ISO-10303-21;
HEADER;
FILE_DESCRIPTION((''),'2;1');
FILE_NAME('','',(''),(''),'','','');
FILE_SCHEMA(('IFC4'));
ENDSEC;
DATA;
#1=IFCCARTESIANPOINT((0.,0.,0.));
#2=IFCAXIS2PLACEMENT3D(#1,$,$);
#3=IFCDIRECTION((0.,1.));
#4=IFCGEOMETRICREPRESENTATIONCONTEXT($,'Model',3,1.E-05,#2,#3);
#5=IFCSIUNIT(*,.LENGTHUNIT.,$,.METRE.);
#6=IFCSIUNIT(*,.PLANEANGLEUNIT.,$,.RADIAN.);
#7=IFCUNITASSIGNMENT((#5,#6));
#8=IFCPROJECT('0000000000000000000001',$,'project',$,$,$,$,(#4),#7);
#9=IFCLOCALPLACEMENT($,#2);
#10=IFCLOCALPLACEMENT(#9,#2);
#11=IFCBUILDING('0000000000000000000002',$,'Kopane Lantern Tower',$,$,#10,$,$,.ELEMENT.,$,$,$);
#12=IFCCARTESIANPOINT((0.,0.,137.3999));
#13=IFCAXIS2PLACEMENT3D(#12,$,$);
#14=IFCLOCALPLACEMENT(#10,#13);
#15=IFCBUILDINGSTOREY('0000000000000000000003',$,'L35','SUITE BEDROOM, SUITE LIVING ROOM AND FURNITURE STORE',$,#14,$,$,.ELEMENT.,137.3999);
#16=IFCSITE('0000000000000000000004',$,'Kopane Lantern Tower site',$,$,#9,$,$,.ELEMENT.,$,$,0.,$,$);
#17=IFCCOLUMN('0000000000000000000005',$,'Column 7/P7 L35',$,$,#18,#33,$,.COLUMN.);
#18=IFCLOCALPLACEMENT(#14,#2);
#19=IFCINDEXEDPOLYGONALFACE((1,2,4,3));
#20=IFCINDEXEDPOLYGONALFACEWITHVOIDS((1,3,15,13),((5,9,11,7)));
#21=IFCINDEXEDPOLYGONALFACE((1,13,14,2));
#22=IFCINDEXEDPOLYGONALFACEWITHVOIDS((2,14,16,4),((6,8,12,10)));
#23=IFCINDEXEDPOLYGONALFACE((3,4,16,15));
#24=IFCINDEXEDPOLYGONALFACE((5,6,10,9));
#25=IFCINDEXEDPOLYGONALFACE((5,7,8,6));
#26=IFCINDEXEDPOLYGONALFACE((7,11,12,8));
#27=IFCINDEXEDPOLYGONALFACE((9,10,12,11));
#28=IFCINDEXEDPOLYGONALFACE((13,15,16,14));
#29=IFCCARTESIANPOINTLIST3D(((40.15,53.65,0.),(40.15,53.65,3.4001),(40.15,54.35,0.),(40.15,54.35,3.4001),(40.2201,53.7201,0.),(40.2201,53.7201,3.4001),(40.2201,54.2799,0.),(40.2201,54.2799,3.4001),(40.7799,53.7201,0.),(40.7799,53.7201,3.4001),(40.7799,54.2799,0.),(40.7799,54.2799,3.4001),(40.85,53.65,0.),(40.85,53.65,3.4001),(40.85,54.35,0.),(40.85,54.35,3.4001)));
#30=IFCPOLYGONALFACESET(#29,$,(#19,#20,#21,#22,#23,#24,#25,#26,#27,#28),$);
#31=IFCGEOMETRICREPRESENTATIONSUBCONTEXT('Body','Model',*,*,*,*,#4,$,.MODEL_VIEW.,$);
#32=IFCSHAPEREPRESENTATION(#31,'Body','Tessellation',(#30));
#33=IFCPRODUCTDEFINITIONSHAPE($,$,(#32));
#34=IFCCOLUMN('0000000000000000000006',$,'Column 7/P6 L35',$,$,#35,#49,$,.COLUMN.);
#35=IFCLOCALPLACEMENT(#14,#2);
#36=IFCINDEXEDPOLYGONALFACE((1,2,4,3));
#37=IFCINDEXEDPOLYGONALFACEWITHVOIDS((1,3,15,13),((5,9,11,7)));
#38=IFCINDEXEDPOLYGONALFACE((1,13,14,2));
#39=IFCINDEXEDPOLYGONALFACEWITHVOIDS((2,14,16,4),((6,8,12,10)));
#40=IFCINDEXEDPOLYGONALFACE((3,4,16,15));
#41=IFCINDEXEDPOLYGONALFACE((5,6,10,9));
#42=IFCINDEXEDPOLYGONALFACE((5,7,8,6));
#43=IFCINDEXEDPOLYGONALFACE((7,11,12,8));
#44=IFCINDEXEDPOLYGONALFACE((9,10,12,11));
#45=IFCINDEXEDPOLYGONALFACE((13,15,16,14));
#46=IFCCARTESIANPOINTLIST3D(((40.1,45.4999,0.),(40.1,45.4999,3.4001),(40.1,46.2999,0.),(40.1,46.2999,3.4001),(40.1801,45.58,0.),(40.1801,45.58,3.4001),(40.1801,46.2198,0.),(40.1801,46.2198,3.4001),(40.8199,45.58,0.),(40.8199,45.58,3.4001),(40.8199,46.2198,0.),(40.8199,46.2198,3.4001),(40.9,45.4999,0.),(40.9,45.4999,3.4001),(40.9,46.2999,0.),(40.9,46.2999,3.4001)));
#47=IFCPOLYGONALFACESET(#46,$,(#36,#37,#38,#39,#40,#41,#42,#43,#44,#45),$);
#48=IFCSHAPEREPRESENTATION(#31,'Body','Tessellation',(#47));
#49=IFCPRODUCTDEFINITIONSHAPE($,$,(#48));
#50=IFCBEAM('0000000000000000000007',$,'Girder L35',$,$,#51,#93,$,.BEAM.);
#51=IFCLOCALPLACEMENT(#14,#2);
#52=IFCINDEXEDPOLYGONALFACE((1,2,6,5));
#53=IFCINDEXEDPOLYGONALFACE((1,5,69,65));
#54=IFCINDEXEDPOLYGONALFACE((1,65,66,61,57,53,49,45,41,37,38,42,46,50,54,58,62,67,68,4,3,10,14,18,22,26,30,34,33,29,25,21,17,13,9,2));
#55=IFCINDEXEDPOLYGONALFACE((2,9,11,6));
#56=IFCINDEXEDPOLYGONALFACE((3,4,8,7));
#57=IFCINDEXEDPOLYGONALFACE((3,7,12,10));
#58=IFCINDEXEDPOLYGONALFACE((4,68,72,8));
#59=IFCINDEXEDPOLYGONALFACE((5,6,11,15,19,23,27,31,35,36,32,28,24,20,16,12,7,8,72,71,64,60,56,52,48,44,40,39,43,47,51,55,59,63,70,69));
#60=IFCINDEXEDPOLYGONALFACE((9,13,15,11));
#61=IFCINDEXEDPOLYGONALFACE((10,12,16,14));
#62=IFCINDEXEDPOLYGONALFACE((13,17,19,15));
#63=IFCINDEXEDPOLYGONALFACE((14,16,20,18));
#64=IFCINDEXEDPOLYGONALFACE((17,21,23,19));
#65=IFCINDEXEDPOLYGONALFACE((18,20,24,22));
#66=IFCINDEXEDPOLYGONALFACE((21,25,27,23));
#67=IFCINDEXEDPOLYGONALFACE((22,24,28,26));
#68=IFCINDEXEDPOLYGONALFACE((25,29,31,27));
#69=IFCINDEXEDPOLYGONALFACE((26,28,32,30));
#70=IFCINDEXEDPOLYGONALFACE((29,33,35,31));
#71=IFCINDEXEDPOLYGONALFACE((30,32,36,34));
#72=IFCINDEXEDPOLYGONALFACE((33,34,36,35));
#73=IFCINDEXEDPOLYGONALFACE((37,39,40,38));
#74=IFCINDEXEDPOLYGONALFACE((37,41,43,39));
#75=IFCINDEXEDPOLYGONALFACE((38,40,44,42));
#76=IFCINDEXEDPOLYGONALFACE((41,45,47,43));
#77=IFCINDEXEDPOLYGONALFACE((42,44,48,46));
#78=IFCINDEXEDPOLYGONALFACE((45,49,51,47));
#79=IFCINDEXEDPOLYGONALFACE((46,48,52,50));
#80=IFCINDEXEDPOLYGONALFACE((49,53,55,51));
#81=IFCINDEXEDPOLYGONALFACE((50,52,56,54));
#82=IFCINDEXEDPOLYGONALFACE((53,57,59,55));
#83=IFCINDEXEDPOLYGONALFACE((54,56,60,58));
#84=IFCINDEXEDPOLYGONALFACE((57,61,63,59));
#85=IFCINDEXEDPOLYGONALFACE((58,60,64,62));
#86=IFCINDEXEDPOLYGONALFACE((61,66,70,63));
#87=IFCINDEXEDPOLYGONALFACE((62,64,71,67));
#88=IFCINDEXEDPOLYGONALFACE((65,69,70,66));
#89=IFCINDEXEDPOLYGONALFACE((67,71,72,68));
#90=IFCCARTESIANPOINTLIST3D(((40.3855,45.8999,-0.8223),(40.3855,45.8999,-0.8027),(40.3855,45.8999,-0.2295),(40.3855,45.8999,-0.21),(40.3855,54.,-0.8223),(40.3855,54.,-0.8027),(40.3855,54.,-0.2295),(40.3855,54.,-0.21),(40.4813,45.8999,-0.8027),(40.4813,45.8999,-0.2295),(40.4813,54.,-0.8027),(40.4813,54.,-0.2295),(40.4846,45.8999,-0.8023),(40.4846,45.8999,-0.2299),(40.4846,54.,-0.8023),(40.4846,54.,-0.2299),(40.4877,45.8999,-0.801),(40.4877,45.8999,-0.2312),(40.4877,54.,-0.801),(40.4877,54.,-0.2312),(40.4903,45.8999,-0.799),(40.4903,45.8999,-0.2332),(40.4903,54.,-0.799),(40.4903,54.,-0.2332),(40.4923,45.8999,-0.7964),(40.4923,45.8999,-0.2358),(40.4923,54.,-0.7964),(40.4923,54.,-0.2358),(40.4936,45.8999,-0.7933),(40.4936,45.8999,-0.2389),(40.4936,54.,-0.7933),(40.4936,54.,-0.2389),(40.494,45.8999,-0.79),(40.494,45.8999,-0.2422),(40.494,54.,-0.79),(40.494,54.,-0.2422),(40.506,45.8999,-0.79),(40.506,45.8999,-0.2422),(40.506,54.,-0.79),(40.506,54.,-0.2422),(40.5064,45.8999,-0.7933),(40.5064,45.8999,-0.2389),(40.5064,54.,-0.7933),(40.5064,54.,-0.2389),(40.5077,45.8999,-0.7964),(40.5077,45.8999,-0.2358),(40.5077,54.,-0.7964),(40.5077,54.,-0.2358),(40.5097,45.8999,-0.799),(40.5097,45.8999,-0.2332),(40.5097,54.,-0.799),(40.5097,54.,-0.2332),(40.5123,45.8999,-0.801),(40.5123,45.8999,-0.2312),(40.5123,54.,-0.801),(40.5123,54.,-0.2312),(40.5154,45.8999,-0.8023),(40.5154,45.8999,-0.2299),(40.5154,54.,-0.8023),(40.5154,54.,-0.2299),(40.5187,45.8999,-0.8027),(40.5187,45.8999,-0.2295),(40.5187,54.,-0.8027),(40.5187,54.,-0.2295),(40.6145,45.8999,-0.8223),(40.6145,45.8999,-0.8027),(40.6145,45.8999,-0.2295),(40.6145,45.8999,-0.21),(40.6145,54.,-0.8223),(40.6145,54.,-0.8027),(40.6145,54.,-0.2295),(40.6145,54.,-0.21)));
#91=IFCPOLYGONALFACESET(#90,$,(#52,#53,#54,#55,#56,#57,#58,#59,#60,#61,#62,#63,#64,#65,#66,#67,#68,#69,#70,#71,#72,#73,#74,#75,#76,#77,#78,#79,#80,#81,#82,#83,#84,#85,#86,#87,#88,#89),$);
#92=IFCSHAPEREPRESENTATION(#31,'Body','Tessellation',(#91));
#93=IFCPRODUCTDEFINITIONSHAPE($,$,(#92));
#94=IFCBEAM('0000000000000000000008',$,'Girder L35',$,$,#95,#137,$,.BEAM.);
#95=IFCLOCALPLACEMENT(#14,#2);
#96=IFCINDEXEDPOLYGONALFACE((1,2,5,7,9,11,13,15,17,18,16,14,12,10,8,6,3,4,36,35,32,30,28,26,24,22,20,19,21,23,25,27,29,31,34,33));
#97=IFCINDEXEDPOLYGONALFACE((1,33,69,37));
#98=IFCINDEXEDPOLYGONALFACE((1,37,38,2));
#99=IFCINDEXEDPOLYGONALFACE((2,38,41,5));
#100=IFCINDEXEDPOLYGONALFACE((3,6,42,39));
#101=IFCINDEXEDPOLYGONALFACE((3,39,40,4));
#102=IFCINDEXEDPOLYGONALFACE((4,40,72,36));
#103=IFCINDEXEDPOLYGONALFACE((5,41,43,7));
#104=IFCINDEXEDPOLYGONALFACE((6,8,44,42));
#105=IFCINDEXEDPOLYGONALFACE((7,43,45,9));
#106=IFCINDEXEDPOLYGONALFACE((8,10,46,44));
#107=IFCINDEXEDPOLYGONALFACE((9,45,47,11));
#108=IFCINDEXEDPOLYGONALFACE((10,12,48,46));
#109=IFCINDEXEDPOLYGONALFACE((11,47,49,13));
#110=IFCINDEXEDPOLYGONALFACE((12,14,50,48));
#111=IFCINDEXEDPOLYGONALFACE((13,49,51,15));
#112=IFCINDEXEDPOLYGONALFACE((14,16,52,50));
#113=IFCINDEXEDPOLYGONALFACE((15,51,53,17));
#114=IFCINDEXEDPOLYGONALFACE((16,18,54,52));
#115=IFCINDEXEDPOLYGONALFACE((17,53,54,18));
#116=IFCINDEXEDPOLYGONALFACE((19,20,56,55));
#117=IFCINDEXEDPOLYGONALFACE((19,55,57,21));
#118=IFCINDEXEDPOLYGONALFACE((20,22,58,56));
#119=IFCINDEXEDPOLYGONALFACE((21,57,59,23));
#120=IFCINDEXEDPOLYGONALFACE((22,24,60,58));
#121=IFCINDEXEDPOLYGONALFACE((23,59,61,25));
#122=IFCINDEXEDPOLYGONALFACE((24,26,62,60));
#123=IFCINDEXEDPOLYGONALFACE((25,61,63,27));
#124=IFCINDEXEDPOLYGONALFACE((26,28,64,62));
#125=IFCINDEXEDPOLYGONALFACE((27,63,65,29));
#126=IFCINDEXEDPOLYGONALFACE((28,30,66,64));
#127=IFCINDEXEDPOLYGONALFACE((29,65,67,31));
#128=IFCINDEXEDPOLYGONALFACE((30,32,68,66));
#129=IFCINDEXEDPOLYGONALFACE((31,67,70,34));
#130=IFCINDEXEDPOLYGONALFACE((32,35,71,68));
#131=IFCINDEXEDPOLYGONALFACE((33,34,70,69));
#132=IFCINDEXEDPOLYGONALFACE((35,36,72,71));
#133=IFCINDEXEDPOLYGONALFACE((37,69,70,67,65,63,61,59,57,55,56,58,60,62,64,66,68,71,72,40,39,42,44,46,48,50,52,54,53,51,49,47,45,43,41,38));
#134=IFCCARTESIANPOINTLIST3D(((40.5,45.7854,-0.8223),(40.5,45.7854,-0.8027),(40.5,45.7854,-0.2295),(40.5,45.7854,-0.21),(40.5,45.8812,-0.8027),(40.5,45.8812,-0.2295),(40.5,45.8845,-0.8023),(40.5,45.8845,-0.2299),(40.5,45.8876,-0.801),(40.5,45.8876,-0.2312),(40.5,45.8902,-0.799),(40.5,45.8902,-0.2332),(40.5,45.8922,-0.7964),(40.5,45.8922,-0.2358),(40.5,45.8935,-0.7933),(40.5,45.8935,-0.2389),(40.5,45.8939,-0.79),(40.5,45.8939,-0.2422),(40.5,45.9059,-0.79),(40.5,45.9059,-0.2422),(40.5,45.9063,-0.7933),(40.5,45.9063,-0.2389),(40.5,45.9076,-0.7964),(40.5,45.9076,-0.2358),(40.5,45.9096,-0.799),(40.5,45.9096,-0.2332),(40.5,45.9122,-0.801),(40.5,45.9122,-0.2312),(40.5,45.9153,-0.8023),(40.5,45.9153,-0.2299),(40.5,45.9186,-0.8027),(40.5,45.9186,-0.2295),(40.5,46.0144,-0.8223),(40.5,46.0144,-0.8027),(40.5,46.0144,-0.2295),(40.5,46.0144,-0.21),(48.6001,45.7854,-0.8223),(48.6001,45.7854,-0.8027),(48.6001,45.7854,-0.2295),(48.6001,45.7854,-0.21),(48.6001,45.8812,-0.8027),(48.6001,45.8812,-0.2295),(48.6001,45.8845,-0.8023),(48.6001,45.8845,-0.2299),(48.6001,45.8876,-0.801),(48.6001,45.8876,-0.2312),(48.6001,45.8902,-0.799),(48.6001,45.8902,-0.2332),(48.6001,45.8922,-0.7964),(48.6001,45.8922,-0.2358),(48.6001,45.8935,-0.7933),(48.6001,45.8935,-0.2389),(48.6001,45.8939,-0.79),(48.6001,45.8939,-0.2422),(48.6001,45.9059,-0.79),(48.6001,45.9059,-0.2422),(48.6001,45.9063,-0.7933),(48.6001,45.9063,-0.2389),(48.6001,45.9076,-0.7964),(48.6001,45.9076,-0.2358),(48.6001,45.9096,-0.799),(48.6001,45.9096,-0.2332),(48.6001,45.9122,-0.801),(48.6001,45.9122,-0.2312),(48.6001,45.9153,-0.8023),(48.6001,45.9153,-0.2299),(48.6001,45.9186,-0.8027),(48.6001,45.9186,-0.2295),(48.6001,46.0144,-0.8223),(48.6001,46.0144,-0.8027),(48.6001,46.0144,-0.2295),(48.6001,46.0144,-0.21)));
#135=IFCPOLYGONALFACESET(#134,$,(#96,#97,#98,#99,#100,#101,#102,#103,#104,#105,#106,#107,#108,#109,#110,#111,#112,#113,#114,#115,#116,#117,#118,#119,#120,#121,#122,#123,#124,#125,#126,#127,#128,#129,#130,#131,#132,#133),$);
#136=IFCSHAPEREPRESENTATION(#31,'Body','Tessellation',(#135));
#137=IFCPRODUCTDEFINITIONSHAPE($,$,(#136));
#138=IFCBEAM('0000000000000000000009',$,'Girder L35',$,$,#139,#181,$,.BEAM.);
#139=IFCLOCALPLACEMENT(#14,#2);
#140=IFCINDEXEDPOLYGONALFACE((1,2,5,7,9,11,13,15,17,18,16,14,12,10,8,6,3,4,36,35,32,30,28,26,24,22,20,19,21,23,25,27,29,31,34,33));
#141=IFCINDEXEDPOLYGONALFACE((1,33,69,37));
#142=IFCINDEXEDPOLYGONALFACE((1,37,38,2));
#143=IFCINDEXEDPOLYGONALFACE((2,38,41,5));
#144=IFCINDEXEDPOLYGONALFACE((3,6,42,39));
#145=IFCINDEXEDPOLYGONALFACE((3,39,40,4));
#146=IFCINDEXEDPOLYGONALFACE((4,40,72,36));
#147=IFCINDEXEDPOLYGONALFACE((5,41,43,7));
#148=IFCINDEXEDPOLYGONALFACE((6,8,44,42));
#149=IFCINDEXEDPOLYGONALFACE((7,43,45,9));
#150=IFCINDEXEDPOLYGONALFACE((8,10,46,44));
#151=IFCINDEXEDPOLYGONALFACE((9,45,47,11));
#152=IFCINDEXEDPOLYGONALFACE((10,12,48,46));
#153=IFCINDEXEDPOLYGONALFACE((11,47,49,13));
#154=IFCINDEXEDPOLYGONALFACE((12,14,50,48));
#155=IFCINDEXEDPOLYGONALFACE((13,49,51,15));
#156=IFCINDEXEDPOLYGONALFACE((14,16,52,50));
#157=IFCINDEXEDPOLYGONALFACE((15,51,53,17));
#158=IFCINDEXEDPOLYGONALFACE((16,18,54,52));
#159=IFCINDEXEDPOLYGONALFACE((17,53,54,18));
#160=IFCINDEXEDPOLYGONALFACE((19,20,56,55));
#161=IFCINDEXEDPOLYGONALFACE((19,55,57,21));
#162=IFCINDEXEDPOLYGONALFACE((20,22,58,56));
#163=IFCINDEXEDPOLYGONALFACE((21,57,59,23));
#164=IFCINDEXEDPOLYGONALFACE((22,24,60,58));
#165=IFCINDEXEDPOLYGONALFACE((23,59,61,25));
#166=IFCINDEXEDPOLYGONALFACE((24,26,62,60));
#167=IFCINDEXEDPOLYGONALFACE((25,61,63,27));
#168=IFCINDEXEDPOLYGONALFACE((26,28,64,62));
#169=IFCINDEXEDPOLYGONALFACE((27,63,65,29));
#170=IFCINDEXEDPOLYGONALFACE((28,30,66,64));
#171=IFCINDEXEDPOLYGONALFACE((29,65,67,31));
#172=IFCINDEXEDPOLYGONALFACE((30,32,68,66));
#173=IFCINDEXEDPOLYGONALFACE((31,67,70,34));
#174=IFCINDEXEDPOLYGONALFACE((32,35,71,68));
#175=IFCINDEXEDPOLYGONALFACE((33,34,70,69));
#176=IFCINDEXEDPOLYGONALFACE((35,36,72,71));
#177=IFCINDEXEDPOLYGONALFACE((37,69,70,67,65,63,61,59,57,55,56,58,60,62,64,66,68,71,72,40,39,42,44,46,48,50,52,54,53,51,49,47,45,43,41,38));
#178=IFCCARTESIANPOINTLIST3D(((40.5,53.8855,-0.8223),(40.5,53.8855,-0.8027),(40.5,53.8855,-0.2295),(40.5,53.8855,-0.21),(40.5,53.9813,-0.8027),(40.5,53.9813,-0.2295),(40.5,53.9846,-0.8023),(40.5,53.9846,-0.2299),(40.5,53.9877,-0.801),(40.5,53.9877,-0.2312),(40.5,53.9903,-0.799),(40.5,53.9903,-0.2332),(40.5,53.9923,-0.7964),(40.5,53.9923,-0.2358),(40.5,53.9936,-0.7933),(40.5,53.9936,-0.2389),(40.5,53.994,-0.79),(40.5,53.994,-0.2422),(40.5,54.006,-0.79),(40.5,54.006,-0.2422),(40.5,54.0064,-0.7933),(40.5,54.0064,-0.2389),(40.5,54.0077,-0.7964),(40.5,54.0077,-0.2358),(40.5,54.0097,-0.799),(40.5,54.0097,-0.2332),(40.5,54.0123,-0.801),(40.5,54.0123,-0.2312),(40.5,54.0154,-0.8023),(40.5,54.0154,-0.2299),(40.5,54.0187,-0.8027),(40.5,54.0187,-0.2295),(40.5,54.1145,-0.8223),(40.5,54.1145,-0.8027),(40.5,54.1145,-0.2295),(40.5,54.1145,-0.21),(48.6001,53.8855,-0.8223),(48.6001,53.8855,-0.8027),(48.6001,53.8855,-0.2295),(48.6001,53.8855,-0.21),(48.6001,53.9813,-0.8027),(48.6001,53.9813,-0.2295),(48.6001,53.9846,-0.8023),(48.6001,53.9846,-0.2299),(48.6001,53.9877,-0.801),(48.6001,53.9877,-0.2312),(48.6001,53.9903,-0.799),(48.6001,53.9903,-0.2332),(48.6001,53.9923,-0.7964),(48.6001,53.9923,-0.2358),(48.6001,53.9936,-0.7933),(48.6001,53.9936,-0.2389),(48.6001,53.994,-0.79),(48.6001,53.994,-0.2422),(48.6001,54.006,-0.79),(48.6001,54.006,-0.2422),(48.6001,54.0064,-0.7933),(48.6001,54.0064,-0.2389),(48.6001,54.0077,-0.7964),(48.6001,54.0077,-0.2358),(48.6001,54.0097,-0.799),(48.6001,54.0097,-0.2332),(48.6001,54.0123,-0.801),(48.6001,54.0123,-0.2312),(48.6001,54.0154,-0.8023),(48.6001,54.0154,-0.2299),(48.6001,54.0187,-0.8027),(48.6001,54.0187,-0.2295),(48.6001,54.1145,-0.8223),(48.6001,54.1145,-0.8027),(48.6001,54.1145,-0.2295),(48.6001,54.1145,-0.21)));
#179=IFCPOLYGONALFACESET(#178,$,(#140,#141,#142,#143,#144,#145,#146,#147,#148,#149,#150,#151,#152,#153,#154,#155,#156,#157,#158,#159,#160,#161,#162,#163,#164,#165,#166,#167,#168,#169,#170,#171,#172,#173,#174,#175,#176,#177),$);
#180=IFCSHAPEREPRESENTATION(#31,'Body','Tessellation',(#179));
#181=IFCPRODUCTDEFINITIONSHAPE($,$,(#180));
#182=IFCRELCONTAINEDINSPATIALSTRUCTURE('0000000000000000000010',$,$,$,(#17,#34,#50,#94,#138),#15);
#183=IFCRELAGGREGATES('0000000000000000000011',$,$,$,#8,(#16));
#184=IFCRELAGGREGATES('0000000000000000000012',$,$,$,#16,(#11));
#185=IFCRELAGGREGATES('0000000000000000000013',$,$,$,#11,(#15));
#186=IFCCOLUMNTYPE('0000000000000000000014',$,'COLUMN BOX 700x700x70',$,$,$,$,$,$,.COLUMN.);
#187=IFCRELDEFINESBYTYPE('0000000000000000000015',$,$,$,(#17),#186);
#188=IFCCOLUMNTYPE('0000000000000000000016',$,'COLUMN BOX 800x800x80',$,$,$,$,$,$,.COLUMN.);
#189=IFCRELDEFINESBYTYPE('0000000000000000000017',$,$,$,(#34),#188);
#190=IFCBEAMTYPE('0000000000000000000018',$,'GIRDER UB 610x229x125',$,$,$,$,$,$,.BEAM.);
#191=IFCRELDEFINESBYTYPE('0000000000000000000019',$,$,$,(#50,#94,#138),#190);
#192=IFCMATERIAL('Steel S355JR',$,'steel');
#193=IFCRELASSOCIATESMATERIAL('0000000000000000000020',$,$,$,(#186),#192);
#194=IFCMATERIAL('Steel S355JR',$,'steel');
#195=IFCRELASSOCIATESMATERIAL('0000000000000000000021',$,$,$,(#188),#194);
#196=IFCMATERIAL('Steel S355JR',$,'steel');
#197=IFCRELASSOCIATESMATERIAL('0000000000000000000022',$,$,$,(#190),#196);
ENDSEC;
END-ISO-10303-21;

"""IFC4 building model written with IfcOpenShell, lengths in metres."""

from ifc_helpers import new_model, si_unit, direction, frame, origin, origin_2d, place, context, subcontext, project, spatial, hollow_rectangle, i_section, extrude, material, material_profile, profile_set, type_object, element, save


model = new_model("IFC4")

# Units and contexts
model_context = context("Model", 3, precision=1e-05, world=origin(), true_north=direction((0.0, 1.0)))
body_context = subcontext(model_context, "Body", "Model", "MODEL_VIEW")
ifc_project = project(units=[si_unit("LENGTHUNIT", "METRE"), si_unit("PLANEANGLEUNIT", "RADIAN")], contexts=[model_context])

# Site, building, storey
site_placement = place(None, origin())
site = spatial("IfcSite", under=ifc_project, at=site_placement, Name="Kopane Lantern Tower site", CompositionType="ELEMENT", RefElevation=0.0)
building_placement = place(site_placement, origin())
building = spatial("IfcBuilding", under=site, at=building_placement, Name="Kopane Lantern Tower", CompositionType="ELEMENT")
storey_placement = place(building_placement, frame((0.0, 0.0, 137.3999)))
storey = spatial("IfcBuildingStorey", under=building, at=storey_placement, Name="L35", Description="SUITE BEDROOM, SUITE LIVING ROOM AND FURNITURE STORE", CompositionType="ELEMENT", Elevation=137.3999)

# Columns
ifc_material_1 = material(Name="Steel S355JR", Category="steel")
ifc_material_profile_1 = material_profile(ifc_material_1, hollow_rectangle(XDim=0.7, YDim=0.7, WallThickness=0.0701, at=origin_2d()), Name="BOX 700x700x70")
ifc_profile_set_1 = profile_set([ifc_material_profile_1], Name="Steel S355JR")
column_type_1 = type_object("IfcColumnType", Name="COLUMN BOX 700x700x70", PredefinedType="COLUMN", material=ifc_profile_set_1)
column_1_placement = place(storey_placement, frame((40.5, 54.0, 0.0), z_axis=(0.0, 0.0, 1.0), x_axis=(1.0, 0.0, 0.0)))
element("IfcColumn", 1, at=column_1_placement, inside=storey, type_object=column_type_1, Name="Column 7/P7 L35", PredefinedType="COLUMN", context=body_context, shape_type="SweptSolid", body=[
    extrude(hollow_rectangle(XDim=0.7, YDim=0.7, WallThickness=0.0701, at=origin_2d()), origin(), (0.0, 0.0, 1.0), 3.4001),
])
ifc_material_2 = material(Name="Steel S355JR", Category="steel")
ifc_material_profile_2 = material_profile(ifc_material_2, hollow_rectangle(XDim=0.8, YDim=0.8, WallThickness=0.0801, at=origin_2d()), Name="BOX 800x800x80")
ifc_profile_set_2 = profile_set([ifc_material_profile_2], Name="Steel S355JR")
column_type_2 = type_object("IfcColumnType", Name="COLUMN BOX 800x800x80", PredefinedType="COLUMN", material=ifc_profile_set_2)
column_2_placement = place(storey_placement, frame((40.5, 45.8999, 0.0), z_axis=(0.0, 0.0, 1.0), x_axis=(1.0, 0.0, 0.0)))
element("IfcColumn", 2, at=column_2_placement, inside=storey, type_object=column_type_2, Name="Column 7/P6 L35", PredefinedType="COLUMN", context=body_context, shape_type="SweptSolid", body=[
    extrude(hollow_rectangle(XDim=0.8, YDim=0.8, WallThickness=0.0801, at=origin_2d()), origin(), (0.0, 0.0, 1.0), 3.4001),
])

# Beams
ifc_material_3 = material(Name="Steel S355JR", Category="steel")
ifc_material_profile_3 = material_profile(ifc_material_3, i_section(OverallWidth=0.229, OverallDepth=0.6123, WebThickness=0.012, FlangeThickness=0.0195, FilletRadius=0.0127, at=origin_2d()), Name="UB 610x229x125")
ifc_profile_set_3 = profile_set([ifc_material_profile_3], Name="Steel S355JR")
beam_type = type_object("IfcBeamType", Name="GIRDER UB 610x229x125", PredefinedType="BEAM", material=ifc_profile_set_3)
for number, where, z_axis, x_axis, name in (
    (3, (40.5, 45.8999, -0.5161), (0.0, 1.0, 0.0), (-1.0, 0.0, 0.0), "Girder L35"),
    (4, (40.5, 45.8999, -0.5161), (1.0, 0.0, 0.0), (0.0, 1.0, 0.0), "Girder L35"),
    (5, (40.5, 54.0, -0.5161), (1.0, 0.0, 0.0), (0.0, 1.0, 0.0), "Girder L35"),
):
    element("IfcBeam", number, at=place(storey_placement, frame(where, z_axis=z_axis, x_axis=x_axis)), inside=storey, type_object=beam_type, Name=name, PredefinedType="BEAM", context=body_context, shape_type="SweptSolid", body=[
        extrude(i_section(OverallWidth=0.229, OverallDepth=0.6123, WebThickness=0.012, FlangeThickness=0.0195, FilletRadius=0.0127, at=origin_2d()), origin(), (0.0, 0.0, 1.0), 8.1001),
    ])

save(model, "model.ifc")
